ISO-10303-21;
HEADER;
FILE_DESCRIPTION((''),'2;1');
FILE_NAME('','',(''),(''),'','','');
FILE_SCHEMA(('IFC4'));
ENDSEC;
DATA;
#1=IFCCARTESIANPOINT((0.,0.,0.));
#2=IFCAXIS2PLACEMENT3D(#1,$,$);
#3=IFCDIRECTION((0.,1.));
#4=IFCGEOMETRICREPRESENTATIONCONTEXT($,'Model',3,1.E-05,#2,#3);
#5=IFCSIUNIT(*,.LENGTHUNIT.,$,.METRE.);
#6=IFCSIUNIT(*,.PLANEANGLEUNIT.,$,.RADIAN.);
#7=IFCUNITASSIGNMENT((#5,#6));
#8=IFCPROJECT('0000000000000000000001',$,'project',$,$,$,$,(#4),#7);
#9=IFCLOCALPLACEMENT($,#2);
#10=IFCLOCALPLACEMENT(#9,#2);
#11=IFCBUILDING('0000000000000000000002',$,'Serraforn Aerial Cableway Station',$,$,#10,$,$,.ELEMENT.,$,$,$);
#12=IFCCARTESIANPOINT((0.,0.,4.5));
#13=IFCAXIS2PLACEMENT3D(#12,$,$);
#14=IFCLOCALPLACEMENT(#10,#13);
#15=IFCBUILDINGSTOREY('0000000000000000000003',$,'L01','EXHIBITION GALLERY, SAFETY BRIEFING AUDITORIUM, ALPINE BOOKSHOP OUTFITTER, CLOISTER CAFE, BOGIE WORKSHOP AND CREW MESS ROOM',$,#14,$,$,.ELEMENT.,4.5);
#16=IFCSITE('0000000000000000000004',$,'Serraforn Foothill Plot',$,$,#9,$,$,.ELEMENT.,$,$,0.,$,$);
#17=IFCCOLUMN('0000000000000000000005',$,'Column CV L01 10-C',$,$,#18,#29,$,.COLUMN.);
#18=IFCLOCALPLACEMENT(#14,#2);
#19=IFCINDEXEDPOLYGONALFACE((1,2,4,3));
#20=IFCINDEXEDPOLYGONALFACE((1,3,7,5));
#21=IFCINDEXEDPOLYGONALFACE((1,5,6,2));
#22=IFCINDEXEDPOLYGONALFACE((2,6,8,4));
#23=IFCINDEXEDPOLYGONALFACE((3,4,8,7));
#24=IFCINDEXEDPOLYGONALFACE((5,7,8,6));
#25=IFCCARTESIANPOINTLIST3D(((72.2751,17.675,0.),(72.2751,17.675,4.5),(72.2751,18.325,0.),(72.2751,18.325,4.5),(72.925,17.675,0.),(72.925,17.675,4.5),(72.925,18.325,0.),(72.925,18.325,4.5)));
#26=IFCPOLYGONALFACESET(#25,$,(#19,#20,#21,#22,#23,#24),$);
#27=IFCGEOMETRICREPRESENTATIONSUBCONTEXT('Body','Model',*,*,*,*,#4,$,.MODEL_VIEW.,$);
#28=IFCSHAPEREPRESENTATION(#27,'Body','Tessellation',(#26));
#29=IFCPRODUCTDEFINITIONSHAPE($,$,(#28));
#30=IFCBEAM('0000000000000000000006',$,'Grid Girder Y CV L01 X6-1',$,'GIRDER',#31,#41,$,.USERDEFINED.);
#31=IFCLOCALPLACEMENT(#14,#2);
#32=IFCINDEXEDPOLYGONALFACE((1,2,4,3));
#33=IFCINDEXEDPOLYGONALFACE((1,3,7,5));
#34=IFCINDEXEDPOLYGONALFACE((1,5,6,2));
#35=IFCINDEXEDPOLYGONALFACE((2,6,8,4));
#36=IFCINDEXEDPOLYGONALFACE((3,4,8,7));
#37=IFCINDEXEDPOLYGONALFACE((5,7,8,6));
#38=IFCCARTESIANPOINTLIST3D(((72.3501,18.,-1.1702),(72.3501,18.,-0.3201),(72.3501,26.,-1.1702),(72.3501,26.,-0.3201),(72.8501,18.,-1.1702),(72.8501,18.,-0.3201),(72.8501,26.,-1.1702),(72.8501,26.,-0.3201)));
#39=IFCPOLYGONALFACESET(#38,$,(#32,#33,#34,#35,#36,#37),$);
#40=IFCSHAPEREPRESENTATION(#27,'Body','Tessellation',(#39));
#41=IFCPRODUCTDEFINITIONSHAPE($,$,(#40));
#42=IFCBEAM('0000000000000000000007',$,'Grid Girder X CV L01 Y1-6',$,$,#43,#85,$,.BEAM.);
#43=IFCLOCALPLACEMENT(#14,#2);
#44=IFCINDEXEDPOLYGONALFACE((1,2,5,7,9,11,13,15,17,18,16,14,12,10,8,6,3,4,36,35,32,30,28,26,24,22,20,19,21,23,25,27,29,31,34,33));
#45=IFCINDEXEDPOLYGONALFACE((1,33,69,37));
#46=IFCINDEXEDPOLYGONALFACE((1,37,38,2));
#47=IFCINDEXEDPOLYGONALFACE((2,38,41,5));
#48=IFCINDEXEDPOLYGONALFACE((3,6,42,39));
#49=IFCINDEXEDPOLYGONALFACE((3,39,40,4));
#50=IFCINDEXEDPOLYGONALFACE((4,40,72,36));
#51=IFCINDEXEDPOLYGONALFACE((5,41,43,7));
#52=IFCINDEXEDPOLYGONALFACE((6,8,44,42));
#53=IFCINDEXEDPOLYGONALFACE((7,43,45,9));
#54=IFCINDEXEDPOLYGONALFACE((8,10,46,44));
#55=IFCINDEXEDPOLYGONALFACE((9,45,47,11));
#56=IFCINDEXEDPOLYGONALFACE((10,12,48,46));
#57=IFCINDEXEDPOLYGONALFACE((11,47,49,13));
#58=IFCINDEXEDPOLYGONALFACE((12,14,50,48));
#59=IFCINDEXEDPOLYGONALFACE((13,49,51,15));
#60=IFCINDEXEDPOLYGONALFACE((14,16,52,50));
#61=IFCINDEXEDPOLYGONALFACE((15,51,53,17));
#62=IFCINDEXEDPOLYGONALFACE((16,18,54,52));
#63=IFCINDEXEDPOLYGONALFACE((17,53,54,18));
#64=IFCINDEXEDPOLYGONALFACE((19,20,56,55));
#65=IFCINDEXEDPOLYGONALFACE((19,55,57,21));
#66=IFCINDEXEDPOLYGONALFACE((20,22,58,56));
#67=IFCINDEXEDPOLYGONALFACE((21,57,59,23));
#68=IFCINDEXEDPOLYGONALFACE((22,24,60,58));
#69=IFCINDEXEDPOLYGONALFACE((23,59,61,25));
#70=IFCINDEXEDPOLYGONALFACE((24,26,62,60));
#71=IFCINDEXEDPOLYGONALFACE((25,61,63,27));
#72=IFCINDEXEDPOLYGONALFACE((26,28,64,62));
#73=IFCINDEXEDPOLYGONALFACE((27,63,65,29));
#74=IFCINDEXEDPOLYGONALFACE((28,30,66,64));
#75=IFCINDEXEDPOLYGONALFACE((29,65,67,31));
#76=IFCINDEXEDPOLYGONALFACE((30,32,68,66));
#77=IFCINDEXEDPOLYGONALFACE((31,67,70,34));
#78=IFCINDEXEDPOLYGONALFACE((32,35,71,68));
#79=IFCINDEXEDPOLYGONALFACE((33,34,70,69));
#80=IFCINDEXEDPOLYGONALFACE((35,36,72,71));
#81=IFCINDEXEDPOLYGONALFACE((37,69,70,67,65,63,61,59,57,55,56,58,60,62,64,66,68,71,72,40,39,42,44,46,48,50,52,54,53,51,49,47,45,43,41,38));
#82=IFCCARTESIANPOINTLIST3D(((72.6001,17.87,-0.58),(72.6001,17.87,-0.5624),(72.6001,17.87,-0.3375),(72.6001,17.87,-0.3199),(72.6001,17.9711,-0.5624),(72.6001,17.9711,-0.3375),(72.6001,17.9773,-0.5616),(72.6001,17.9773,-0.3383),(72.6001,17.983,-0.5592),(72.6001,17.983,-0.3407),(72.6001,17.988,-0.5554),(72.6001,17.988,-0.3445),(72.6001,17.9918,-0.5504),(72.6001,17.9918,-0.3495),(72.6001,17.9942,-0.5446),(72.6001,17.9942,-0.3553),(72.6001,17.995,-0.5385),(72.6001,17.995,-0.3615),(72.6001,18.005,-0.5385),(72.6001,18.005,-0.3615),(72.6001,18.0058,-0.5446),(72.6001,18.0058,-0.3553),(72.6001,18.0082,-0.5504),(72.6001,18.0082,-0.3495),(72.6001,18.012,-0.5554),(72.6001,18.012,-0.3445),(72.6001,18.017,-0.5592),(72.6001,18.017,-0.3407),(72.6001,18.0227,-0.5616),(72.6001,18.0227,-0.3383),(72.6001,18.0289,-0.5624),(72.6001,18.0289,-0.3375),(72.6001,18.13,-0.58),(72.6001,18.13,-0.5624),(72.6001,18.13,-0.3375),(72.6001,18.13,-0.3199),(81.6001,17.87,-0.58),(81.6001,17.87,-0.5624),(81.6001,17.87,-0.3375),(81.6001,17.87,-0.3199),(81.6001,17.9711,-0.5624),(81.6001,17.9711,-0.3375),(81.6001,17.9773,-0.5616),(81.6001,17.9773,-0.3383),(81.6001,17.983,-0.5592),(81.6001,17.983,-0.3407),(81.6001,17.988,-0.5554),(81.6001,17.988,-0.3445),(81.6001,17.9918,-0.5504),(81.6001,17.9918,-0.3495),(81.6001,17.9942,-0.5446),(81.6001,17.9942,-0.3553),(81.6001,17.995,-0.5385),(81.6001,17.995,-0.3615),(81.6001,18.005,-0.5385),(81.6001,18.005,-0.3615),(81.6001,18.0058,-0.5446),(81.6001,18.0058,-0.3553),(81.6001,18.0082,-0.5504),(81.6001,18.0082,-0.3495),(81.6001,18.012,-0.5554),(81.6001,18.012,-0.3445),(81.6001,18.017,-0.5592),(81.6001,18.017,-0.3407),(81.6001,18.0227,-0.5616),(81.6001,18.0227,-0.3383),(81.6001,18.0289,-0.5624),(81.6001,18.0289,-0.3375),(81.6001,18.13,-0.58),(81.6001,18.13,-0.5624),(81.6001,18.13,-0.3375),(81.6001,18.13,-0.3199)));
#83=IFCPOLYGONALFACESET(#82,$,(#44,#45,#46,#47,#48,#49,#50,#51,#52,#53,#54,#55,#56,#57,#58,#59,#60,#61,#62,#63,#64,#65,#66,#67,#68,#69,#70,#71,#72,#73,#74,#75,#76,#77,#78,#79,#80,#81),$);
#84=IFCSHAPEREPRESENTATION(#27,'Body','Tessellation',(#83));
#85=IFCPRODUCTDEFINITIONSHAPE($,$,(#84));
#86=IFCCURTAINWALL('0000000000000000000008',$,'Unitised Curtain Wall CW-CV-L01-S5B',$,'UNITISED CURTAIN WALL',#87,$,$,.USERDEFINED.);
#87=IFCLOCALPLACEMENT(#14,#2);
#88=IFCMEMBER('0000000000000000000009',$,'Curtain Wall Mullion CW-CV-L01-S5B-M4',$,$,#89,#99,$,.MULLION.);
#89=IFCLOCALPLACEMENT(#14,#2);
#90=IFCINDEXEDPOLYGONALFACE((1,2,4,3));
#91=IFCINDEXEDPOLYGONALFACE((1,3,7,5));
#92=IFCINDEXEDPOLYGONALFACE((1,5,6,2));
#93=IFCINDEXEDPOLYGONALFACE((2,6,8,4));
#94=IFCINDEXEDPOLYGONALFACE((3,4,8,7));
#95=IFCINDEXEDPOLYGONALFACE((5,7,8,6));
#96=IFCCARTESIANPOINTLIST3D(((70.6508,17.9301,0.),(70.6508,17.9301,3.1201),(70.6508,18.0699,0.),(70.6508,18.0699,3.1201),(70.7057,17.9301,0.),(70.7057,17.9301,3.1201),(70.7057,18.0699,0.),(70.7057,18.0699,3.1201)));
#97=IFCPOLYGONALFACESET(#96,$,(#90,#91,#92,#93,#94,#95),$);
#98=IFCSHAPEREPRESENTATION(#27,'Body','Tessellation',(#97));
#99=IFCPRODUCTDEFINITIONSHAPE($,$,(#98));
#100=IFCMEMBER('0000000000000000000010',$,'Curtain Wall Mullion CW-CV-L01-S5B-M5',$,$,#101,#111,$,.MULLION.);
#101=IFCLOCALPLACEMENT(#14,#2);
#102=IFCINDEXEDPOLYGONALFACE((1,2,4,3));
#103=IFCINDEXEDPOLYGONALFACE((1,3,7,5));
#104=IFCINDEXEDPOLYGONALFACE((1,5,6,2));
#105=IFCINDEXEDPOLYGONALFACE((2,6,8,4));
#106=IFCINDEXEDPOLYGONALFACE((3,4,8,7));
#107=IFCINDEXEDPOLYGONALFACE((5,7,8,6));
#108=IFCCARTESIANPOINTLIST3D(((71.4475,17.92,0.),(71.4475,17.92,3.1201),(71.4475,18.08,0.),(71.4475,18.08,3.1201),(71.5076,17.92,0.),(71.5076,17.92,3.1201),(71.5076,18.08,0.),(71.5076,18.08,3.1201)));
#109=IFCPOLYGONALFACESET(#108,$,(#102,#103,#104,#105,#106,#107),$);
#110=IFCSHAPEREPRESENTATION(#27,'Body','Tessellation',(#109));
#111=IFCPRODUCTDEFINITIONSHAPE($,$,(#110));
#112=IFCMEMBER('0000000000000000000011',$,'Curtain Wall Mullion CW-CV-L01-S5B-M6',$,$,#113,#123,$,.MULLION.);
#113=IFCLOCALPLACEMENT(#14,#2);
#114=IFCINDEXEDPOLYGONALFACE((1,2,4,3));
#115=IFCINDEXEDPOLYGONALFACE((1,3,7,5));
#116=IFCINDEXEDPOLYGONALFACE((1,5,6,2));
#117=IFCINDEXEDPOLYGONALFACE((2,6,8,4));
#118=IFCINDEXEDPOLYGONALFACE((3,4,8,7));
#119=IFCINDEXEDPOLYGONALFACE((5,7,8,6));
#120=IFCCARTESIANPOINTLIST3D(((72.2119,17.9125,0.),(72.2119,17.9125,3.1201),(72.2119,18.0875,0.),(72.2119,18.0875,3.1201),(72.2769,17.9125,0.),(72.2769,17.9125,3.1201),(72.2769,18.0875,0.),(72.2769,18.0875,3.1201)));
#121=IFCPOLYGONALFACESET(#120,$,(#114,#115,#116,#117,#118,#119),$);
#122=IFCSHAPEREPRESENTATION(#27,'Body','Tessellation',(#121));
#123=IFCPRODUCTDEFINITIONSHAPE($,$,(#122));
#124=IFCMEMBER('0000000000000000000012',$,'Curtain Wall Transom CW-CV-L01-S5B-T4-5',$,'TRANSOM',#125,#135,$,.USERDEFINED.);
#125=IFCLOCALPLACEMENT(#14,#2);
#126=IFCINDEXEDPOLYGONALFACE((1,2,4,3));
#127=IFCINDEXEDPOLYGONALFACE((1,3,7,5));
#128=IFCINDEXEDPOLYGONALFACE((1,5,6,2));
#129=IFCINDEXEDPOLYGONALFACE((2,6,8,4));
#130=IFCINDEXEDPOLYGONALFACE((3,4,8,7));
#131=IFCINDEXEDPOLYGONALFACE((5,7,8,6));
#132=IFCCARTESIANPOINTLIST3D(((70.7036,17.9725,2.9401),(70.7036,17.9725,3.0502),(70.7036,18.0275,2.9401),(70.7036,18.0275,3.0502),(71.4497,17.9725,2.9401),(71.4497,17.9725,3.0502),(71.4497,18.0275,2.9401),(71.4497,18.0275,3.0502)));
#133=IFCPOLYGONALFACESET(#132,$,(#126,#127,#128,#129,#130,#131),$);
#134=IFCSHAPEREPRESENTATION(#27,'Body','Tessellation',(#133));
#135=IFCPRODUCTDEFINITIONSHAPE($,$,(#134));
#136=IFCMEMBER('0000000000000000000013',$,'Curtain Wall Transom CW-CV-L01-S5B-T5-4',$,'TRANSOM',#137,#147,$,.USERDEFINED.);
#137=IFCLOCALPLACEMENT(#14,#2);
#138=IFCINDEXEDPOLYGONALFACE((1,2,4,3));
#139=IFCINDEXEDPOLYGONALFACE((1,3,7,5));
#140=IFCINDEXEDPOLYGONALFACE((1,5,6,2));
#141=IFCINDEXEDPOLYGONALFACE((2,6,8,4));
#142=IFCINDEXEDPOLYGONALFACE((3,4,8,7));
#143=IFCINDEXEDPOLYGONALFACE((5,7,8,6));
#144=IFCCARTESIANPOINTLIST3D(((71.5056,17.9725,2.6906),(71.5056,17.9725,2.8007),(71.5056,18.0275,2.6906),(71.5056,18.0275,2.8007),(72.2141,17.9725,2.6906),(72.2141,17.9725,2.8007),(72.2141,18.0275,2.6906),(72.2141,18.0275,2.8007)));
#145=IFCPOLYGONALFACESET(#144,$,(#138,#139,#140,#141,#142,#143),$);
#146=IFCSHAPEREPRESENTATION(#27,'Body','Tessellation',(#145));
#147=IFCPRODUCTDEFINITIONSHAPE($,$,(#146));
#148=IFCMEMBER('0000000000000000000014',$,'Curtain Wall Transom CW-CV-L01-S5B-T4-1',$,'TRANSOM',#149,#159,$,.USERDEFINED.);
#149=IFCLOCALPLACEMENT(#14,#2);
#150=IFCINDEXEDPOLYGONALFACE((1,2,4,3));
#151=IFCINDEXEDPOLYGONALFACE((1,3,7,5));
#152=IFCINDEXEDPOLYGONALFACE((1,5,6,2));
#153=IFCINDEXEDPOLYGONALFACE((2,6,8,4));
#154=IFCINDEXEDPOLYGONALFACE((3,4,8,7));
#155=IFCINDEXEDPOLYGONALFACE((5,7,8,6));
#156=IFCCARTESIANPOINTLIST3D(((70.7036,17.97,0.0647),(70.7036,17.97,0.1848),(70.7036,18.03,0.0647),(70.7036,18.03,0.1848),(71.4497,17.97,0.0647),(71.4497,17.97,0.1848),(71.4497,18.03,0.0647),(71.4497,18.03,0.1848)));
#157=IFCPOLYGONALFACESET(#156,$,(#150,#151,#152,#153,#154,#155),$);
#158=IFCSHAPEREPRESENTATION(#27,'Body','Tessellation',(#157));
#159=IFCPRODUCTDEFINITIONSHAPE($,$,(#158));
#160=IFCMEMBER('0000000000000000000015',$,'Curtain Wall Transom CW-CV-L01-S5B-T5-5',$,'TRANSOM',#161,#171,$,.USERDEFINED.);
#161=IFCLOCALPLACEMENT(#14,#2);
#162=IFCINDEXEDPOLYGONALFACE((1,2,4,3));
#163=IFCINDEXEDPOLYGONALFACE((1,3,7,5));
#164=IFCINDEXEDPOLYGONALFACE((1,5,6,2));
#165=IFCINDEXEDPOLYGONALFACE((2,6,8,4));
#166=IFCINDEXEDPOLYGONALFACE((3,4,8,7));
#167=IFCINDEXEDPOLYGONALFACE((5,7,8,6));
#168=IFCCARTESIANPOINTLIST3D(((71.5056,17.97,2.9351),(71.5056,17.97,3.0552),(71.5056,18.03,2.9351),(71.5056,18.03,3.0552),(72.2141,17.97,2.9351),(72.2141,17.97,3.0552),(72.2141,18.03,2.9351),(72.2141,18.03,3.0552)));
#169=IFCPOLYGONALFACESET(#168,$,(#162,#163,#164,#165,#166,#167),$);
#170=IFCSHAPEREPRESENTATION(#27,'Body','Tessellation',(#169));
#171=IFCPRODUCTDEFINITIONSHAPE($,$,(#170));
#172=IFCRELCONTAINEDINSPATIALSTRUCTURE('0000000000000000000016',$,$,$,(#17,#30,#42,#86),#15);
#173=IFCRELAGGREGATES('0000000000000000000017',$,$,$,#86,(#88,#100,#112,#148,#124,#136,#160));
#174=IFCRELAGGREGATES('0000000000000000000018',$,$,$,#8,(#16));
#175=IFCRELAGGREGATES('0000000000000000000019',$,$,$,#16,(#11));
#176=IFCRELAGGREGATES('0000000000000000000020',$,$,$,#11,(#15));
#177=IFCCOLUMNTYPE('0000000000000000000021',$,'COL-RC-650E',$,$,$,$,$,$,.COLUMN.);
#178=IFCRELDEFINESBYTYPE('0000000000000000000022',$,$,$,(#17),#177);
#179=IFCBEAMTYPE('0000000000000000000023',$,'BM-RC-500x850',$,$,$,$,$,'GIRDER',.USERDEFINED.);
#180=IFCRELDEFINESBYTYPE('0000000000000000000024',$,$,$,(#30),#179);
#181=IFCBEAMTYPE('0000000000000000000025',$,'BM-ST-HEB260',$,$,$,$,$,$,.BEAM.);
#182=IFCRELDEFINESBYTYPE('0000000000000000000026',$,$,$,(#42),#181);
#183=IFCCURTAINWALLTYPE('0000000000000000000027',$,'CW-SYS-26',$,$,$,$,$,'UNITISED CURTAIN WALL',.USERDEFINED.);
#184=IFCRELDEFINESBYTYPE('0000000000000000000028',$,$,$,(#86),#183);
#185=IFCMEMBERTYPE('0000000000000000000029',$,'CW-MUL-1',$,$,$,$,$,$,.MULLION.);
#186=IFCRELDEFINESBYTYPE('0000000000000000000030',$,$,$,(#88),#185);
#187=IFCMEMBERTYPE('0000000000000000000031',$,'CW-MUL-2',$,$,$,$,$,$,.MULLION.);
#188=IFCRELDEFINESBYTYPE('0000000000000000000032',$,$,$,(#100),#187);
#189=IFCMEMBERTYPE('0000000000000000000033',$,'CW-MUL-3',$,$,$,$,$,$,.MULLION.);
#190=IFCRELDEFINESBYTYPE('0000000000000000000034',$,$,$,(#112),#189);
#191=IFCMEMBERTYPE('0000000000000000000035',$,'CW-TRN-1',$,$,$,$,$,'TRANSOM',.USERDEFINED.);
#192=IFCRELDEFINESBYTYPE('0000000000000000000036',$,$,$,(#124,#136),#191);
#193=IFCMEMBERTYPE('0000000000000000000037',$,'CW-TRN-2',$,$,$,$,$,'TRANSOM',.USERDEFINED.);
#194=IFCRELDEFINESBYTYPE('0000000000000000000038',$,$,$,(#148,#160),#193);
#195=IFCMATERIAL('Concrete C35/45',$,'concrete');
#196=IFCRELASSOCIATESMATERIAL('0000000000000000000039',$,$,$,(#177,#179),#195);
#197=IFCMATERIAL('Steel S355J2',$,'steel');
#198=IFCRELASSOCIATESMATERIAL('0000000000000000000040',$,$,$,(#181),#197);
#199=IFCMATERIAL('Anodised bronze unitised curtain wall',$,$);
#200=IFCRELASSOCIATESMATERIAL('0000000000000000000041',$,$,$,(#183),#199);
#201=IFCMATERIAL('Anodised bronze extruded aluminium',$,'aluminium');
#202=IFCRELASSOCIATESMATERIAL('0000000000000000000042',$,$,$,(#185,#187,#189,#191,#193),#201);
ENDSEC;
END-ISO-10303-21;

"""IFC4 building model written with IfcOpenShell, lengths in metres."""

from ifc_helpers import new_model, si_unit, direction, frame, origin, origin_2d, place, context, subcontext, project, spatial, rectangle, i_section, extrude, material, material_profile, profile_set, type_object, element, aggregate, save


model = new_model("IFC4")

# Units and contexts
model_context = context("Model", 3, precision=1e-05, world=origin(), true_north=direction((0.0, 1.0)))
body_context = subcontext(model_context, "Body", "Model", "MODEL_VIEW")
ifc_project = project(units=[si_unit("LENGTHUNIT", "METRE"), si_unit("PLANEANGLEUNIT", "RADIAN")], contexts=[model_context])

# Site, building, storey
site_placement = place(None, origin())
site = spatial("IfcSite", under=ifc_project, at=site_placement, Name="Serraforn Foothill Plot", CompositionType="ELEMENT", RefElevation=0.0)
building_placement = place(site_placement, origin())
building = spatial("IfcBuilding", under=site, at=building_placement, Name="Serraforn Aerial Cableway Station", CompositionType="ELEMENT")
storey_placement = place(building_placement, frame((0.0, 0.0, 4.5)))
storey = spatial("IfcBuildingStorey", under=building, at=storey_placement, Name="L01", Description="EXHIBITION GALLERY, SAFETY BRIEFING AUDITORIUM, ALPINE BOOKSHOP OUTFITTER, CLOISTER CAFE, BOGIE WORKSHOP AND CREW MESS ROOM", CompositionType="ELEMENT", Elevation=4.5)

# Column
ifc_material_1 = material(Name="Concrete C35/45", Category="concrete")
ifc_material_profile_1 = material_profile(ifc_material_1, rectangle(XDim=0.6499, YDim=0.6499, at=origin_2d()), Name="RC 650x650")
ifc_profile_set_1 = profile_set([ifc_material_profile_1], Name="Concrete C35/45")
column_type = type_object("IfcColumnType", Name="COL-RC-650E", PredefinedType="COLUMN", material=ifc_profile_set_1)
column_placement = place(storey_placement, frame((72.6001, 18.0, 0.0), z_axis=(0.0, 0.0, 1.0), x_axis=(1.0, 0.0, 0.0)))
element("IfcColumn", 1, at=column_placement, inside=storey, type_object=column_type, Name="Column CV L01 10-C", PredefinedType="COLUMN", context=body_context, shape_type="SweptSolid", body=[
    extrude(rectangle(XDim=0.6499, YDim=0.6499, at=origin_2d()), origin(), (0.0, 0.0, 1.0), 4.5),
])

# Beams
ifc_material_profile_2 = material_profile(ifc_material_1, rectangle(XDim=0.5, YDim=0.8501, at=origin_2d()), Name="RC 500x850")
ifc_profile_set_2 = profile_set([ifc_material_profile_2], Name="Concrete C35/45")
beam_type_1 = type_object("IfcBeamType", Name="BM-RC-500x850", ElementType="GIRDER", PredefinedType="USERDEFINED", material=ifc_profile_set_2)
beam_1_placement = place(storey_placement, frame((72.6001, 18.0, -0.7451), z_axis=(0.0, 1.0, 0.0), x_axis=(-1.0, 0.0, 0.0)))
element("IfcBeam", 2, at=beam_1_placement, inside=storey, type_object=beam_type_1, Name="Grid Girder Y CV L01 X6-1", ObjectType="GIRDER", PredefinedType="USERDEFINED", context=body_context, shape_type="SweptSolid", body=[
    extrude(rectangle(XDim=0.5, YDim=0.8501, at=origin_2d()), origin(), (0.0, 0.0, 1.0), 8.0),
])
ifc_material_2 = material(Name="Steel S355J2", Category="steel")
ifc_material_profile_3 = material_profile(ifc_material_2, i_section(OverallWidth=0.26, OverallDepth=0.26, WebThickness=0.01, FlangeThickness=0.0176, FilletRadius=0.0239, at=origin_2d()), Name="HEB 260")
ifc_profile_set_3 = profile_set([ifc_material_profile_3], Name="Steel S355J2")
beam_type_2 = type_object("IfcBeamType", Name="BM-ST-HEB260", PredefinedType="BEAM", material=ifc_profile_set_3)
beam_2_placement = place(storey_placement, frame((72.6001, 18.0, -0.45), z_axis=(1.0, 0.0, 0.0), x_axis=(0.0, 1.0, 0.0)))
element("IfcBeam", 3, at=beam_2_placement, inside=storey, type_object=beam_type_2, Name="Grid Girder X CV L01 Y1-6", PredefinedType="BEAM", context=body_context, shape_type="SweptSolid", body=[
    extrude(i_section(OverallWidth=0.26, OverallDepth=0.26, WebThickness=0.01, FlangeThickness=0.0176, FilletRadius=0.0239, at=origin_2d()), origin(), (0.0, 0.0, 1.0), 9.0),
])

# Curtain wall, members
ifc_material_3 = material(Name="Anodised bronze unitised curtain wall")
curtain_wall_type = type_object("IfcCurtainWallType", Name="CW-SYS-26", ElementType="UNITISED CURTAIN WALL", PredefinedType="USERDEFINED", material=ifc_material_3)
curtain_wall_placement = place(storey_placement, origin())
curtain_wall = element("IfcCurtainWall", 4, at=curtain_wall_placement, inside=storey, type_object=curtain_wall_type, Name="Unitised Curtain Wall CW-CV-L01-S5B", ObjectType="UNITISED CURTAIN WALL", PredefinedType="USERDEFINED")
ifc_material_4 = material(Name="Anodised bronze extruded aluminium", Category="aluminium")
ifc_material_profile_4 = material_profile(ifc_material_4, rectangle(XDim=0.0549, YDim=0.1399, at=origin_2d()), Name="CW MULLION 55x140")
ifc_profile_set_4 = profile_set([ifc_material_profile_4], Name="Anodised bronze extruded aluminium")
member_type_1 = type_object("IfcMemberType", Name="CW-MUL-1", PredefinedType="MULLION", material=ifc_profile_set_4)
member_1_placement = place(storey_placement, frame((70.6782, 18.0, 0.0), z_axis=(0.0, 0.0, 1.0), x_axis=(1.0, 0.0, 0.0)))
member_1 = element("IfcMember", 5, at=member_1_placement, type_object=member_type_1, Name="Curtain Wall Mullion CW-CV-L01-S5B-M4", PredefinedType="MULLION", context=body_context, shape_type="SweptSolid", body=[
    extrude(rectangle(XDim=0.0549, YDim=0.1399, at=origin_2d()), origin(), (0.0, 0.0, 1.0), 3.1201),
])
ifc_material_profile_5 = material_profile(ifc_material_4, rectangle(XDim=0.0601, YDim=0.1599, at=origin_2d()), Name="CW MULLION 60x160")
ifc_profile_set_5 = profile_set([ifc_material_profile_5], Name="Anodised bronze extruded aluminium")
member_type_2 = type_object("IfcMemberType", Name="CW-MUL-2", PredefinedType="MULLION", material=ifc_profile_set_5)
member_2_placement = place(storey_placement, frame((71.4775, 18.0, 0.0), z_axis=(0.0, 0.0, 1.0), x_axis=(1.0, 0.0, 0.0)))
member_2 = element("IfcMember", 6, at=member_2_placement, type_object=member_type_2, Name="Curtain Wall Mullion CW-CV-L01-S5B-M5", PredefinedType="MULLION", context=body_context, shape_type="SweptSolid", body=[
    extrude(rectangle(XDim=0.0601, YDim=0.1599, at=origin_2d()), origin(), (0.0, 0.0, 1.0), 3.1201),
])
ifc_material_profile_6 = material_profile(ifc_material_4, rectangle(XDim=0.0649, YDim=0.175, at=origin_2d()), Name="CW MULLION 65x175")
ifc_profile_set_6 = profile_set([ifc_material_profile_6], Name="Anodised bronze extruded aluminium")
member_type_3 = type_object("IfcMemberType", Name="CW-MUL-3", PredefinedType="MULLION", material=ifc_profile_set_6)
member_3_placement = place(storey_placement, frame((72.2444, 18.0, 0.0), z_axis=(0.0, 0.0, 1.0), x_axis=(1.0, 0.0, 0.0)))
member_3 = element("IfcMember", 7, at=member_3_placement, type_object=member_type_3, Name="Curtain Wall Mullion CW-CV-L01-S5B-M6", PredefinedType="MULLION", context=body_context, shape_type="SweptSolid", body=[
    extrude(rectangle(XDim=0.0649, YDim=0.175, at=origin_2d()), origin(), (0.0, 0.0, 1.0), 3.1201),
])
ifc_material_profile_7 = material_profile(ifc_material_4, rectangle(XDim=0.0549, YDim=0.1101, at=origin_2d()), Name="CW TRANSOM 55x110")
ifc_profile_set_7 = profile_set([ifc_material_profile_7], Name="Anodised bronze extruded aluminium")
member_type_4 = type_object("IfcMemberType", Name="CW-TRN-1", ElementType="TRANSOM", PredefinedType="USERDEFINED", material=ifc_profile_set_7)
member_4_placement = place(storey_placement, frame((70.7036, 18.0, 2.9951), z_axis=(1.0, 0.0, 0.0), x_axis=(0.0, 1.0, 0.0)))
member_4 = element("IfcMember", 8, at=member_4_placement, type_object=member_type_4, Name="Curtain Wall Transom CW-CV-L01-S5B-T4-5", ObjectType="TRANSOM", PredefinedType="USERDEFINED", context=body_context, shape_type="SweptSolid", body=[
    extrude(rectangle(XDim=0.0549, YDim=0.1101, at=origin_2d()), origin(), (0.0, 0.0, 1.0), 0.7461),
])
member_5_placement = place(storey_placement, frame((71.5056, 18.0, 2.7456), z_axis=(1.0, 0.0, 0.0), x_axis=(0.0, 1.0, 0.0)))
member_5 = element("IfcMember", 9, at=member_5_placement, type_object=member_type_4, Name="Curtain Wall Transom CW-CV-L01-S5B-T5-4", ObjectType="TRANSOM", PredefinedType="USERDEFINED", context=body_context, shape_type="SweptSolid", body=[
    extrude(rectangle(XDim=0.0549, YDim=0.1101, at=origin_2d()), origin(), (0.0, 0.0, 1.0), 0.7085),
])
ifc_material_profile_8 = material_profile(ifc_material_4, rectangle(XDim=0.0601, YDim=0.1201, at=origin_2d()), Name="CW TRANSOM 60x120")
ifc_profile_set_8 = profile_set([ifc_material_profile_8], Name="Anodised bronze extruded aluminium")
member_type_5 = type_object("IfcMemberType", Name="CW-TRN-2", ElementType="TRANSOM", PredefinedType="USERDEFINED", material=ifc_profile_set_8)
member_6_placement = place(storey_placement, frame((70.7036, 18.0, 0.1248), z_axis=(1.0, 0.0, 0.0), x_axis=(0.0, 1.0, 0.0)))
member_6 = element("IfcMember", 10, at=member_6_placement, type_object=member_type_5, Name="Curtain Wall Transom CW-CV-L01-S5B-T4-1", ObjectType="TRANSOM", PredefinedType="USERDEFINED", context=body_context, shape_type="SweptSolid", body=[
    extrude(rectangle(XDim=0.0601, YDim=0.1201, at=origin_2d()), origin(), (0.0, 0.0, 1.0), 0.7461),
])
member_7_placement = place(storey_placement, frame((71.5056, 18.0, 2.9951), z_axis=(1.0, 0.0, 0.0), x_axis=(0.0, 1.0, 0.0)))
member_7 = element("IfcMember", 11, at=member_7_placement, type_object=member_type_5, Name="Curtain Wall Transom CW-CV-L01-S5B-T5-5", ObjectType="TRANSOM", PredefinedType="USERDEFINED", context=body_context, shape_type="SweptSolid", body=[
    extrude(rectangle(XDim=0.0601, YDim=0.1201, at=origin_2d()), origin(), (0.0, 0.0, 1.0), 0.7085),
])
aggregate(curtain_wall, [member_1, member_2, member_3, member_6, member_4, member_5, member_7])

save(model, "model.ifc")
